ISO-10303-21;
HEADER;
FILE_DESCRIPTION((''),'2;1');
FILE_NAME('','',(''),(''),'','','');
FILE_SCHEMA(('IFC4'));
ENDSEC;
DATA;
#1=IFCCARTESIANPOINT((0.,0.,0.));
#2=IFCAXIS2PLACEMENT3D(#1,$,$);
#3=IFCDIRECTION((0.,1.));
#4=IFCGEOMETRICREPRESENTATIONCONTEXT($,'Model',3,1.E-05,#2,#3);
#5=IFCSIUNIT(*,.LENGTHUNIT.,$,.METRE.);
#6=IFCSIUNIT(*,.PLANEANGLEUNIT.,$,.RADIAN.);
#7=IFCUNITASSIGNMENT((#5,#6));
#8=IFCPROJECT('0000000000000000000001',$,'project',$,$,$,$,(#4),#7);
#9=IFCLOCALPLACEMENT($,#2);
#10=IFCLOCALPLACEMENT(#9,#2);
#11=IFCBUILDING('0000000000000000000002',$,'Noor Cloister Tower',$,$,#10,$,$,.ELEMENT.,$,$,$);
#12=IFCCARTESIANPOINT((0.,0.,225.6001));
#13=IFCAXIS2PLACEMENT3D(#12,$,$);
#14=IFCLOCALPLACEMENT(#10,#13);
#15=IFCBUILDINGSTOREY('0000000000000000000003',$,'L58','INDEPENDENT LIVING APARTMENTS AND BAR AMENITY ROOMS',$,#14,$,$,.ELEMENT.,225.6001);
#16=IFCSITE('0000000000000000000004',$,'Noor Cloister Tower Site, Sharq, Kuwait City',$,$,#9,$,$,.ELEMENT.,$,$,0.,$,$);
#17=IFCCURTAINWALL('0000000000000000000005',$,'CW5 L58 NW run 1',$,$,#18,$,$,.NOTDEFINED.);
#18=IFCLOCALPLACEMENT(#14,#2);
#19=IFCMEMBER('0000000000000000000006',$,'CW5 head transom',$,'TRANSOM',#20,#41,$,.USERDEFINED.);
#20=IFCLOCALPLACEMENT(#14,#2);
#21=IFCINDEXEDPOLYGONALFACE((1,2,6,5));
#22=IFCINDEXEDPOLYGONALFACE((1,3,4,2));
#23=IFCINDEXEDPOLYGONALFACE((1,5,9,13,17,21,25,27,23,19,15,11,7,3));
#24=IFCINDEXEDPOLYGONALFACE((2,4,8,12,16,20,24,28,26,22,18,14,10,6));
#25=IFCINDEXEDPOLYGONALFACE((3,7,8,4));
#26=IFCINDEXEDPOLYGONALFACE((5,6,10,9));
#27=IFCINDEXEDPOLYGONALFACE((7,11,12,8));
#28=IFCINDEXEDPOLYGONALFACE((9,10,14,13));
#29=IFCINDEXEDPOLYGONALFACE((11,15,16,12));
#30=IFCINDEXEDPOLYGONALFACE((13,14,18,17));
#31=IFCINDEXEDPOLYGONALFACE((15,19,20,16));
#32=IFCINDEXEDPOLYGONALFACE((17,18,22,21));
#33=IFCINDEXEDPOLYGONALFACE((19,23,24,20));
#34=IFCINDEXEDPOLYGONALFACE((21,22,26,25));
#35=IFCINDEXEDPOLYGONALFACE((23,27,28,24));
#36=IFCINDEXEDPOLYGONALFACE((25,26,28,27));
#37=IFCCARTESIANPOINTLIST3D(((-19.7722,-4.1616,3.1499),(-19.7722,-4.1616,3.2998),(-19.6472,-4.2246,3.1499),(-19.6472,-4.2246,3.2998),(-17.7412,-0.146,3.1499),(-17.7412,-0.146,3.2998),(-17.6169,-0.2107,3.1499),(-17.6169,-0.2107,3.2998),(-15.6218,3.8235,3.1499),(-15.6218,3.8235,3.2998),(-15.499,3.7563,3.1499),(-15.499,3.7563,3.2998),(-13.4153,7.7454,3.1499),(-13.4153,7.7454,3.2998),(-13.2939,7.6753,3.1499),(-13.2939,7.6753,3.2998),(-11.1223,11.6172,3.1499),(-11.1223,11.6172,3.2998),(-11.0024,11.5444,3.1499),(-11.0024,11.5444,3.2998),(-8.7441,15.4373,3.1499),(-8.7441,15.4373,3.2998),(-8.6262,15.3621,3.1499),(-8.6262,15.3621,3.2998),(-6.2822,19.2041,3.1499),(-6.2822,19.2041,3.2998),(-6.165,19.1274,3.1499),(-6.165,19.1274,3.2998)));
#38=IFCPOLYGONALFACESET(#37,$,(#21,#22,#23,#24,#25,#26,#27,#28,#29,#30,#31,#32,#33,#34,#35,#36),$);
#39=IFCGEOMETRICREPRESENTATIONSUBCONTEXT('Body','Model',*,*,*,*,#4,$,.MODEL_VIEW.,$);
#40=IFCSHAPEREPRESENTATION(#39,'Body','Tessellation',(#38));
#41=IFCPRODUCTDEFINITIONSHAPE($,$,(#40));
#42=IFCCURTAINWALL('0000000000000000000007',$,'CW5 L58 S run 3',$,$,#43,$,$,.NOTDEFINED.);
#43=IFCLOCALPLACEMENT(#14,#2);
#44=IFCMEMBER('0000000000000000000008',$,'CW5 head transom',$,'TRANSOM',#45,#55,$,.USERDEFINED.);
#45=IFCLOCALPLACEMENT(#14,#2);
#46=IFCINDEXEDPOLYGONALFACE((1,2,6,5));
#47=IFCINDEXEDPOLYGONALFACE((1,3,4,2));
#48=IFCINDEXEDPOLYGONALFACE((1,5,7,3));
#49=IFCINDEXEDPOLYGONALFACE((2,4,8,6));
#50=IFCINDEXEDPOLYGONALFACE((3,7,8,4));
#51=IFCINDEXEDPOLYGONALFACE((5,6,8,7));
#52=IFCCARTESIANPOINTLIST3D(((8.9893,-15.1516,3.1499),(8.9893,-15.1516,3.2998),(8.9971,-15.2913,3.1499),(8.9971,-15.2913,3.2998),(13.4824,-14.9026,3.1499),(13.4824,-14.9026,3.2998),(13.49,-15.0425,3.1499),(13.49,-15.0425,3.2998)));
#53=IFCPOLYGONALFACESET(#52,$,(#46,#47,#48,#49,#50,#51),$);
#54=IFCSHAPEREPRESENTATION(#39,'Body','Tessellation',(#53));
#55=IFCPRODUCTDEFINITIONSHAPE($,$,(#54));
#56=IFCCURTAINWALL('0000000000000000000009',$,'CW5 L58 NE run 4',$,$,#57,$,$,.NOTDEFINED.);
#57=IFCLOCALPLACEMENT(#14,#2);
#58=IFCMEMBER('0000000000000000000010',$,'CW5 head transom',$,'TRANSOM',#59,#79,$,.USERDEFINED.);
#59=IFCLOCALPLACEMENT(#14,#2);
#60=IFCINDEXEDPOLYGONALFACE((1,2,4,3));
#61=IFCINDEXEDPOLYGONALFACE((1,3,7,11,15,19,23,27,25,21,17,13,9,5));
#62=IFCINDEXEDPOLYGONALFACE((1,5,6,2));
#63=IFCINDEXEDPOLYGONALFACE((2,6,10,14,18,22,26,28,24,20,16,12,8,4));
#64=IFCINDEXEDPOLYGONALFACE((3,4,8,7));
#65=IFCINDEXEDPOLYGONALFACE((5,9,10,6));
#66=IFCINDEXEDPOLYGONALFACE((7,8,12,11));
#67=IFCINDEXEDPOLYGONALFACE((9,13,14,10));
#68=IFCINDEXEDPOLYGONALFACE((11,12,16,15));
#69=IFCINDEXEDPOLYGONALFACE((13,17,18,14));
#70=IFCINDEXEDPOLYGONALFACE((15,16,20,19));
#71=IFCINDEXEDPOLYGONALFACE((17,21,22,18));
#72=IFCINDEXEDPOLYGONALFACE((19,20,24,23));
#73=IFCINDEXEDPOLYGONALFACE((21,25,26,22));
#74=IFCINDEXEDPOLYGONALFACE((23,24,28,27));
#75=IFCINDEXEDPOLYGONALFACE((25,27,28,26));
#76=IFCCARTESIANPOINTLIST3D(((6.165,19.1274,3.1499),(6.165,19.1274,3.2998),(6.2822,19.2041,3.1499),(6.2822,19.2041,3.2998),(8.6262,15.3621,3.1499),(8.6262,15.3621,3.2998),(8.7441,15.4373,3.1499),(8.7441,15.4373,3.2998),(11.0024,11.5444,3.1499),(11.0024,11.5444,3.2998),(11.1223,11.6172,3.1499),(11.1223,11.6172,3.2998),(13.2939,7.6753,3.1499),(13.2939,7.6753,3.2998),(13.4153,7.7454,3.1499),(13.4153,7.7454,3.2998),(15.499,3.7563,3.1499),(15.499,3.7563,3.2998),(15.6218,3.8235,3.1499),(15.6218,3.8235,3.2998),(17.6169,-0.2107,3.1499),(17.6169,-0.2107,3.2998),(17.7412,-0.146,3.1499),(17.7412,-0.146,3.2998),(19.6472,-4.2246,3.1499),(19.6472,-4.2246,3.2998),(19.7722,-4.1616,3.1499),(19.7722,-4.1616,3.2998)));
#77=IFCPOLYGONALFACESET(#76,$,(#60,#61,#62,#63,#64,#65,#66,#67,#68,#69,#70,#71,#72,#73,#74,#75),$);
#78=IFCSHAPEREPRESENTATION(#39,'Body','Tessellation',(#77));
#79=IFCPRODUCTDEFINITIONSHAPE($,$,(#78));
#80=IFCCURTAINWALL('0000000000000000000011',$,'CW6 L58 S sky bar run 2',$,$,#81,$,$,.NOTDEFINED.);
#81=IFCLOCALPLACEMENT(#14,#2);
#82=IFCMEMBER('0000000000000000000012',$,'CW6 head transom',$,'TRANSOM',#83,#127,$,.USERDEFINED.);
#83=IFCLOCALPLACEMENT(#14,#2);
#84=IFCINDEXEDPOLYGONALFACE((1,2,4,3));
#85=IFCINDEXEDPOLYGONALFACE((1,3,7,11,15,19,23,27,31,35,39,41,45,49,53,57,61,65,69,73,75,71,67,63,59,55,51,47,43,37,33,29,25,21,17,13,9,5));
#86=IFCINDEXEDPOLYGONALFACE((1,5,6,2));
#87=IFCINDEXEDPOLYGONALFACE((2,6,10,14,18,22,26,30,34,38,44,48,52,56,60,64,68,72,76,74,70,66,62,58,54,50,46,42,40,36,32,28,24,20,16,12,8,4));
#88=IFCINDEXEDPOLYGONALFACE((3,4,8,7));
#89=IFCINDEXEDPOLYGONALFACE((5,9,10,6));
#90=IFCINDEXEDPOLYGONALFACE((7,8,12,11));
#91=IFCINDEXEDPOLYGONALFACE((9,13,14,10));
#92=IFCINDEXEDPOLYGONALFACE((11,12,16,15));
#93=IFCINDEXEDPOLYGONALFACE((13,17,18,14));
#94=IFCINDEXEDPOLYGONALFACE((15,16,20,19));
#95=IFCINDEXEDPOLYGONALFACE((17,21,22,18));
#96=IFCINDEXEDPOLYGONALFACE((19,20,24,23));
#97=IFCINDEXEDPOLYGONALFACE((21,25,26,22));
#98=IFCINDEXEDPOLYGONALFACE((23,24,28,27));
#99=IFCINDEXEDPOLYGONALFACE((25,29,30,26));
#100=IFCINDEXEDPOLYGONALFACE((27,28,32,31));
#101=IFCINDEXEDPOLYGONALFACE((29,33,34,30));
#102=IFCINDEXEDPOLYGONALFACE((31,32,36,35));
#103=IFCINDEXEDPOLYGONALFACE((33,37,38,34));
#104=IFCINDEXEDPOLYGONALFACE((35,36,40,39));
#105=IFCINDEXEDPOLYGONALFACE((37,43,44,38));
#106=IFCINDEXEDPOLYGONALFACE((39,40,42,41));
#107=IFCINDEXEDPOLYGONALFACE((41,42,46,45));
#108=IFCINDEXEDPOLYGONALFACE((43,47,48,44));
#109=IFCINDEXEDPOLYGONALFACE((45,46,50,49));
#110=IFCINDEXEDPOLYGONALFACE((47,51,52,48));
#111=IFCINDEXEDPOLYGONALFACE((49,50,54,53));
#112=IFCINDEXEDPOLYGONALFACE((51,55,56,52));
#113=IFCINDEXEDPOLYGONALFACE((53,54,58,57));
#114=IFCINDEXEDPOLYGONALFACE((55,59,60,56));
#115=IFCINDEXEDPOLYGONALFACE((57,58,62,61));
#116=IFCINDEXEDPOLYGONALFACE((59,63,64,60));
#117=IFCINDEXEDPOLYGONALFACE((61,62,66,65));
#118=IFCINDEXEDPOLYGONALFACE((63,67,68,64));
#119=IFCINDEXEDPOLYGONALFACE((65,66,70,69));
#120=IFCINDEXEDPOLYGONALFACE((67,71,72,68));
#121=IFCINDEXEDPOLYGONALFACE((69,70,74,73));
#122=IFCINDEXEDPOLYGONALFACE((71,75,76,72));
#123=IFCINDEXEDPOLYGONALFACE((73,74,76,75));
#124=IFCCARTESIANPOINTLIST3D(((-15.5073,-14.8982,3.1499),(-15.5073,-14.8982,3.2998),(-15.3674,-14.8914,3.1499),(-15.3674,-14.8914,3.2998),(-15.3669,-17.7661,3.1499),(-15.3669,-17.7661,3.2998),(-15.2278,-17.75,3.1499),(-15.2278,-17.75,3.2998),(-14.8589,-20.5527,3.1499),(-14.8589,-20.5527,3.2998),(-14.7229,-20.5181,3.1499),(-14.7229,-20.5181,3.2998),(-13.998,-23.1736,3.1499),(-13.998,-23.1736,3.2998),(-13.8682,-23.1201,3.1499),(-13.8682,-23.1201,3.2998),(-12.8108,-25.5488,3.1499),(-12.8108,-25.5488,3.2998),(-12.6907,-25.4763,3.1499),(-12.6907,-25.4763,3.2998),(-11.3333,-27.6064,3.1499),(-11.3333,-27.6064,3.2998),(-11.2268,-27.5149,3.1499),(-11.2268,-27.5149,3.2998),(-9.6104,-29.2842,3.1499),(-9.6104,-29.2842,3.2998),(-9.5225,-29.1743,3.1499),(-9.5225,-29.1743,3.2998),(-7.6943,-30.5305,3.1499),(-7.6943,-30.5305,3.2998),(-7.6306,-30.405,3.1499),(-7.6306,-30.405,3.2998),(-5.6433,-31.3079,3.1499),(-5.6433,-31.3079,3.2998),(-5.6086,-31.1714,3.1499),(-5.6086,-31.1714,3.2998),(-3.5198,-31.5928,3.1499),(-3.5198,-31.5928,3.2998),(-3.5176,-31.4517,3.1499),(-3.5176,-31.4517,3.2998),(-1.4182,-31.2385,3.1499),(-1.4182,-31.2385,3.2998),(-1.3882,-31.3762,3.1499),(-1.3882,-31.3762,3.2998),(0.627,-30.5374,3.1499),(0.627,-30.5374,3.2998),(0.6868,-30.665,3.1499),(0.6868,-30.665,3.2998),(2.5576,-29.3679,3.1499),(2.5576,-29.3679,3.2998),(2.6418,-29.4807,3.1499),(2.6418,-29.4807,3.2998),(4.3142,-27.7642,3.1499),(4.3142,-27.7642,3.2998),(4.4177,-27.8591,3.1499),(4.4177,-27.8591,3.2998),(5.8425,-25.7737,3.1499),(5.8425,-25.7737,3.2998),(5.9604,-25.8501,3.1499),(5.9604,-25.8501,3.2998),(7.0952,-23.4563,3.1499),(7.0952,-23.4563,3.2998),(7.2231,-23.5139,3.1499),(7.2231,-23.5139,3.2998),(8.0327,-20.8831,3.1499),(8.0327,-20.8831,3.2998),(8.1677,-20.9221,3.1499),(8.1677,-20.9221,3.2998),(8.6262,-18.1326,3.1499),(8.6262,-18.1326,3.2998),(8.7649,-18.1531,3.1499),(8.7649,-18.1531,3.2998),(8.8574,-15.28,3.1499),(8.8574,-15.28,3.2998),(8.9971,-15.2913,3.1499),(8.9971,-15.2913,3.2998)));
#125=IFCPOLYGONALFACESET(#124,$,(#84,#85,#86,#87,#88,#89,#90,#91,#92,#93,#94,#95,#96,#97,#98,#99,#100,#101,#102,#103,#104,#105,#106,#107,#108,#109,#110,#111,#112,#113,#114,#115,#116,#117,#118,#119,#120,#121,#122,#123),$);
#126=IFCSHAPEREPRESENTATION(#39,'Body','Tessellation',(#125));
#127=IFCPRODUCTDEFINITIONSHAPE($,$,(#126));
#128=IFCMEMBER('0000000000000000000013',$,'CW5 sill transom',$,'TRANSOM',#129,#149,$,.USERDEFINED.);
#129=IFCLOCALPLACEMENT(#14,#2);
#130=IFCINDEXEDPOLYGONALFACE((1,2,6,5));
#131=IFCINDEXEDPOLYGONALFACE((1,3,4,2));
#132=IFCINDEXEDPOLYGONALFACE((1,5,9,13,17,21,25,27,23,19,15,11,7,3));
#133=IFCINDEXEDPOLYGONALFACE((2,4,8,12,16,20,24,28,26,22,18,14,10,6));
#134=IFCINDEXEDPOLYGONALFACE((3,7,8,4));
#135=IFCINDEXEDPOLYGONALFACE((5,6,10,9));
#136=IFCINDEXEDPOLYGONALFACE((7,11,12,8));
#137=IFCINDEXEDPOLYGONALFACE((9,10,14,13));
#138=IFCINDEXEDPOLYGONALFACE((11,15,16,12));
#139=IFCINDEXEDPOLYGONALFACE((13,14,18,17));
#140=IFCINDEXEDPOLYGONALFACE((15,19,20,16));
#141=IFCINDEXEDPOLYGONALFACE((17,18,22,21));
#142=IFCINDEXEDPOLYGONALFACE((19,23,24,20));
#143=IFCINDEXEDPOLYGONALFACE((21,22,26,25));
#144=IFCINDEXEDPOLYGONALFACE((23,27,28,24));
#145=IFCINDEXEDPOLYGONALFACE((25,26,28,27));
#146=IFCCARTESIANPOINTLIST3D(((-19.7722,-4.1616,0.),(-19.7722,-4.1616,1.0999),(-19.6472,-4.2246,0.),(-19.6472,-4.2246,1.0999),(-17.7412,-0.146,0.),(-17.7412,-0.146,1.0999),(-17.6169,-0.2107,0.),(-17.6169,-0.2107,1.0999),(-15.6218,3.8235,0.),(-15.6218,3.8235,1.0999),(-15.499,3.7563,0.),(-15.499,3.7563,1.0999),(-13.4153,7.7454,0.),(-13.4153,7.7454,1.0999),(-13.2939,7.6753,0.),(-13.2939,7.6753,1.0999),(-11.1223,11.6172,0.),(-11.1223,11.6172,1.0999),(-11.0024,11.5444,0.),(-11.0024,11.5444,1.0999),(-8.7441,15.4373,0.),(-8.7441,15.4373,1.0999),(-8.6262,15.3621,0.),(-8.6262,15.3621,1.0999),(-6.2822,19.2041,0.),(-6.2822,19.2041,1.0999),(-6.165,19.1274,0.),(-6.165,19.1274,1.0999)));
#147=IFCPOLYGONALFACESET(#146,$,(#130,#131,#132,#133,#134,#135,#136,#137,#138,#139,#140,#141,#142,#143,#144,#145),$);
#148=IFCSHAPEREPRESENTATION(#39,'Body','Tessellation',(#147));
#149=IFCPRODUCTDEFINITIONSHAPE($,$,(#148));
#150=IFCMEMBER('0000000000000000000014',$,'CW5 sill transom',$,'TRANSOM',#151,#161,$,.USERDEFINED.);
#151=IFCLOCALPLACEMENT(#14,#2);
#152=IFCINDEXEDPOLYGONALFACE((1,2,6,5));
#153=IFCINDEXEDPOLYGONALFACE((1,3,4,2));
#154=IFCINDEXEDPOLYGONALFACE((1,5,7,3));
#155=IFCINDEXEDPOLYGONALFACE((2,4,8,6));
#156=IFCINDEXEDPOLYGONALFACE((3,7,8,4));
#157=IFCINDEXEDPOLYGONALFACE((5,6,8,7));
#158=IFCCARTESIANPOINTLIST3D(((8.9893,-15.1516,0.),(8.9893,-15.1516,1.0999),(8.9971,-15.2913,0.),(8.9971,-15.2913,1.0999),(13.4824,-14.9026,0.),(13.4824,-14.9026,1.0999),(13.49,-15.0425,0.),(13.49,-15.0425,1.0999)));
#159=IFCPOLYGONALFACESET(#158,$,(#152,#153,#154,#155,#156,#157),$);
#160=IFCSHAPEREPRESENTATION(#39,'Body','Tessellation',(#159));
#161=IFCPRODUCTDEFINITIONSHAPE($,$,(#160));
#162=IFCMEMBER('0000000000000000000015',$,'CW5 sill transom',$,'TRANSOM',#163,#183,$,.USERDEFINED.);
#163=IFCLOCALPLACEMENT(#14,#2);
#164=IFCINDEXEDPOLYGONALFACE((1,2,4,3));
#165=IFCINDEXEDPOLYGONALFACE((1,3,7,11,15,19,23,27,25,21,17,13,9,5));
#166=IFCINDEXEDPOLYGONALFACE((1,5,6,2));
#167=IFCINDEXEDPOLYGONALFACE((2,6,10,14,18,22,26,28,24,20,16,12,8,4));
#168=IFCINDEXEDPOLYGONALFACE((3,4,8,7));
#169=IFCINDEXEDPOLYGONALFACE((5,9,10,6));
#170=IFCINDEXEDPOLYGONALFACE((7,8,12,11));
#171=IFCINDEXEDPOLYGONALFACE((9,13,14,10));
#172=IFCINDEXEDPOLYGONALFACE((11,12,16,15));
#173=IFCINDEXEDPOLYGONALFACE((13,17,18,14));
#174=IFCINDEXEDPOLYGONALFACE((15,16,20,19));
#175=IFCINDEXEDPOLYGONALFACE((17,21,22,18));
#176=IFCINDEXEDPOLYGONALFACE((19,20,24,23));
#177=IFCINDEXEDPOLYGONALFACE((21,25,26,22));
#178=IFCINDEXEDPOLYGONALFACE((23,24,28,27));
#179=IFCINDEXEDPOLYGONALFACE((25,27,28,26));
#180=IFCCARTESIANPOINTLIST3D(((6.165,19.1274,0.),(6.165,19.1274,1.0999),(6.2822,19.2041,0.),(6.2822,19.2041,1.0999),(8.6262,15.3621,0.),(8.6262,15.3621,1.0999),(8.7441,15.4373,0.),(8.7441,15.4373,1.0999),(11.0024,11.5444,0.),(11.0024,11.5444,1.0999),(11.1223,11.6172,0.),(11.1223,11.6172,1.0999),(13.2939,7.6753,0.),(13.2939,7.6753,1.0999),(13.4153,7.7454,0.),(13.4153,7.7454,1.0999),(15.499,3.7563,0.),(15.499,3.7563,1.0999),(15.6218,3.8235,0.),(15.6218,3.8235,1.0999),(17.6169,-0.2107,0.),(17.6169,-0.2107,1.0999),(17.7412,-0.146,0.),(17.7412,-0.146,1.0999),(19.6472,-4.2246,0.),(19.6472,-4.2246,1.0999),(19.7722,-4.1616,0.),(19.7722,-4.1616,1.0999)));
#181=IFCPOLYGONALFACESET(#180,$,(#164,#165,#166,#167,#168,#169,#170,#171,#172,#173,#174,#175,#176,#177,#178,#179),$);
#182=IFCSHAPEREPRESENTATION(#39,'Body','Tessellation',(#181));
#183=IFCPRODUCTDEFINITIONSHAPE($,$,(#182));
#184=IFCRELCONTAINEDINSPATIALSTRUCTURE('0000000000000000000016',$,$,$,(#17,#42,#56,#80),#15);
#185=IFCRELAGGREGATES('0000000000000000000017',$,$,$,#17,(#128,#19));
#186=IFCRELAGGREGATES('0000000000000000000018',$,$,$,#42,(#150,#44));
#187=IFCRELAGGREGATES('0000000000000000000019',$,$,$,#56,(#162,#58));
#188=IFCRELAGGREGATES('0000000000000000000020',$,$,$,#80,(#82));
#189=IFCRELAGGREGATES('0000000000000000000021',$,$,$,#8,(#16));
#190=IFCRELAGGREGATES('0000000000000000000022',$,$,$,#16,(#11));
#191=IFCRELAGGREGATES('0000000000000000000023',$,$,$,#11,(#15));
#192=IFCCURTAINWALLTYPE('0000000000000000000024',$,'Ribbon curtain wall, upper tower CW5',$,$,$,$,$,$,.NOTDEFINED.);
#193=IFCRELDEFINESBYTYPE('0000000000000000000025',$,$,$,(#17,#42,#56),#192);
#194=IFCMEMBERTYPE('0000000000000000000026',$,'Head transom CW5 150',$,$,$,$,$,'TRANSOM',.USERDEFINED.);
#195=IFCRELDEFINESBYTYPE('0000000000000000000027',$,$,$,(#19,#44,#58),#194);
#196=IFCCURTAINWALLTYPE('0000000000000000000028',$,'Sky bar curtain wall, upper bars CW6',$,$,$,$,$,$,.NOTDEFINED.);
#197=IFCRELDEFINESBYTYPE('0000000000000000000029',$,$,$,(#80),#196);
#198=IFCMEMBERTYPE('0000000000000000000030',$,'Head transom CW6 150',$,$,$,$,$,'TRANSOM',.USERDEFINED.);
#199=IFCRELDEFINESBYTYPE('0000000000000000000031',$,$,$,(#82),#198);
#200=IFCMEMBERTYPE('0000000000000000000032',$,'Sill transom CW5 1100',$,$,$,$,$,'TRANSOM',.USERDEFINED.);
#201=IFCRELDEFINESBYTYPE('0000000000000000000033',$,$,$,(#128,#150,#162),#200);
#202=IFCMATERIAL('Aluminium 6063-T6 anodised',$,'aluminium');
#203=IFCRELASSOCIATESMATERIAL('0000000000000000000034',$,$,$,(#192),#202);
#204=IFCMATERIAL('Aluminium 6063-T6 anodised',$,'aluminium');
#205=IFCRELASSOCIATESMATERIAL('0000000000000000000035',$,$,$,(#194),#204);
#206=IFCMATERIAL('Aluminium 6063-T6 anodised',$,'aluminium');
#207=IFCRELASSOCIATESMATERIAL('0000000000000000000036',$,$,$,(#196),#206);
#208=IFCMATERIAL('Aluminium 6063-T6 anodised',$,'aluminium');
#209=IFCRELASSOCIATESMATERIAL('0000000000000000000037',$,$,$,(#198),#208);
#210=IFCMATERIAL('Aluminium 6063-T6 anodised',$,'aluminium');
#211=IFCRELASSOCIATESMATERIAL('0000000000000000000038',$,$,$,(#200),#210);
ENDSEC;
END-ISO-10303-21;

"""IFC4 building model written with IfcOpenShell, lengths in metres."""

from ifc_helpers import new_model, si_unit, direction, frame, origin, place, context, subcontext, project, spatial, polyline, outline, extrude, material, type_object, element, aggregate, save


model = new_model("IFC4")

# Units and contexts
model_context = context("Model", 3, precision=1e-05, world=origin(), true_north=direction((0.0, 1.0)))
body_context = subcontext(model_context, "Body", "Model", "MODEL_VIEW")
ifc_project = project(units=[si_unit("LENGTHUNIT", "METRE"), si_unit("PLANEANGLEUNIT", "RADIAN")], contexts=[model_context])

# Site, building, storey
site_placement = place(None, origin())
site = spatial("IfcSite", under=ifc_project, at=site_placement, Name="Noor Cloister Tower Site, Sharq, Kuwait City", CompositionType="ELEMENT", RefElevation=0.0)
building_placement = place(site_placement, origin())
building = spatial("IfcBuilding", under=site, at=building_placement, Name="Noor Cloister Tower", CompositionType="ELEMENT")
storey_placement = place(building_placement, frame((0.0, 0.0, 225.6001)))
storey = spatial("IfcBuildingStorey", under=building, at=storey_placement, Name="L58", Description="INDEPENDENT LIVING APARTMENTS AND BAR AMENITY ROOMS", CompositionType="ELEMENT", Elevation=225.6001)

# Curtain walls, members
ifc_material_1 = material(Name="Aluminium 6063-T6 anodised", Category="aluminium")
curtain_wall_type_1 = type_object("IfcCurtainWallType", Name="Ribbon curtain wall, upper tower CW5", PredefinedType="NOTDEFINED", material=ifc_material_1)
curtain_wall_1_placement = place(storey_placement, origin())
curtain_wall_1 = element("IfcCurtainWall", 1, at=curtain_wall_1_placement, inside=storey, type_object=curtain_wall_type_1, Name="CW5 L58 NW run 1", PredefinedType="NOTDEFINED")
ifc_material_2 = material(Name="Aluminium 6063-T6 anodised", Category="aluminium")
member_type_1 = type_object("IfcMemberType", Name="Head transom CW5 150", ElementType="TRANSOM", PredefinedType="USERDEFINED", material=ifc_material_2)
member_1_placement = place(storey_placement, frame((0.0, 0.0, 3.1499)))
member_1 = element("IfcMember", 2, at=member_1_placement, type_object=member_type_1, Name="CW5 head transom", ObjectType="TRANSOM", PredefinedType="USERDEFINED", context=body_context, shape_type="SweptSolid", body=[
    extrude(outline(polyline([(-6.2822, 19.2041), (-8.7441, 15.4373), (-11.1223, 11.6172), (-13.4153, 7.7454), (-15.6218, 3.8235), (-17.7412, -0.146), (-19.7722, -4.1616), (-19.6472, -4.2246), (-17.6169, -0.2107), (-15.499, 3.7563), (-13.2939, 7.6753), (-11.0024, 11.5444), (-8.6262, 15.3621), (-6.165, 19.1274), (-6.2822, 19.2041)])), origin(), (0.0, 0.0, 1.0), 0.1499),
])
curtain_wall_2_placement = place(storey_placement, origin())
curtain_wall_2 = element("IfcCurtainWall", 3, at=curtain_wall_2_placement, inside=storey, type_object=curtain_wall_type_1, Name="CW5 L58 S run 3", PredefinedType="NOTDEFINED")
member_2_placement = place(storey_placement, frame((0.0, 0.0, 3.1499)))
member_2 = element("IfcMember", 4, at=member_2_placement, type_object=member_type_1, Name="CW5 head transom", ObjectType="TRANSOM", PredefinedType="USERDEFINED", context=body_context, shape_type="SweptSolid", body=[
    extrude(outline(polyline([(8.9971, -15.2913), (13.49, -15.0425), (13.4824, -14.9026), (8.9893, -15.1516), (8.9971, -15.2913)])), origin(), (0.0, 0.0, 1.0), 0.1499),
])
curtain_wall_3_placement = place(storey_placement, origin())
curtain_wall_3 = element("IfcCurtainWall", 5, at=curtain_wall_3_placement, inside=storey, type_object=curtain_wall_type_1, Name="CW5 L58 NE run 4", PredefinedType="NOTDEFINED")
member_3_placement = place(storey_placement, frame((0.0, 0.0, 3.1499)))
member_3 = element("IfcMember", 6, at=member_3_placement, type_object=member_type_1, Name="CW5 head transom", ObjectType="TRANSOM", PredefinedType="USERDEFINED", context=body_context, shape_type="SweptSolid", body=[
    extrude(outline(polyline([(19.7722, -4.1616), (17.7412, -0.146), (15.6218, 3.8235), (13.4153, 7.7454), (11.1223, 11.6172), (8.7441, 15.4373), (6.2822, 19.2041), (6.165, 19.1274), (8.6262, 15.3621), (11.0024, 11.5444), (13.2939, 7.6753), (15.499, 3.7563), (17.6169, -0.2107), (19.6472, -4.2246), (19.7722, -4.1616)])), origin(), (0.0, 0.0, 1.0), 0.1499),
])
ifc_material_3 = material(Name="Aluminium 6063-T6 anodised", Category="aluminium")
curtain_wall_type_2 = type_object("IfcCurtainWallType", Name="Sky bar curtain wall, upper bars CW6", PredefinedType="NOTDEFINED", material=ifc_material_3)
curtain_wall_4_placement = place(storey_placement, origin())
curtain_wall_4 = element("IfcCurtainWall", 7, at=curtain_wall_4_placement, inside=storey, type_object=curtain_wall_type_2, Name="CW6 L58 S sky bar run 2", PredefinedType="NOTDEFINED")
ifc_material_4 = material(Name="Aluminium 6063-T6 anodised", Category="aluminium")
member_type_2 = type_object("IfcMemberType", Name="Head transom CW6 150", ElementType="TRANSOM", PredefinedType="USERDEFINED", material=ifc_material_4)
member_4_placement = place(storey_placement, frame((0.0, 0.0, 3.1499)))
member_4 = element("IfcMember", 8, at=member_4_placement, type_object=member_type_2, Name="CW6 head transom", ObjectType="TRANSOM", PredefinedType="USERDEFINED", context=body_context, shape_type="SweptSolid", body=[
    extrude(outline(polyline([(-15.5073, -14.8982), (-15.3669, -17.7661), (-14.8589, -20.5527), (-13.998, -23.1736), (-12.8108, -25.5488), (-11.3333, -27.6064), (-9.6104, -29.2842), (-7.6943, -30.5305), (-5.6433, -31.3079), (-3.5198, -31.5928), (-1.3882, -31.3762), (0.6868, -30.665), (2.6418, -29.4807), (4.4177, -27.8591), (5.9604, -25.8501), (7.2231, -23.5139), (8.1677, -20.9221), (8.7649, -18.1531), (8.9971, -15.2913), (8.8574, -15.28), (8.6262, -18.1326), (8.0327, -20.8831), (7.0952, -23.4563), (5.8425, -25.7737), (4.3142, -27.7642), (2.5576, -29.3679), (0.627, -30.5374), (-1.4182, -31.2385), (-3.5176, -31.4517), (-5.6086, -31.1714), (-7.6306, -30.405), (-9.5225, -29.1743), (-11.2268, -27.5149), (-12.6907, -25.4763), (-13.8682, -23.1201), (-14.7229, -20.5181), (-15.2278, -17.75), (-15.3674, -14.8914), (-15.5073, -14.8982)])), origin(), (0.0, 0.0, 1.0), 0.1499),
])

# Members
ifc_material_5 = material(Name="Aluminium 6063-T6 anodised", Category="aluminium")
member_type_3 = type_object("IfcMemberType", Name="Sill transom CW5 1100", ElementType="TRANSOM", PredefinedType="USERDEFINED", material=ifc_material_5)
member_5_placement = place(storey_placement, origin())
member_5 = element("IfcMember", 9, at=member_5_placement, type_object=member_type_3, Name="CW5 sill transom", ObjectType="TRANSOM", PredefinedType="USERDEFINED", context=body_context, shape_type="SweptSolid", body=[
    extrude(outline(polyline([(-6.2822, 19.2041), (-8.7441, 15.4373), (-11.1223, 11.6172), (-13.4153, 7.7454), (-15.6218, 3.8235), (-17.7412, -0.146), (-19.7722, -4.1616), (-19.6472, -4.2246), (-17.6169, -0.2107), (-15.499, 3.7563), (-13.2939, 7.6753), (-11.0024, 11.5444), (-8.6262, 15.3621), (-6.165, 19.1274), (-6.2822, 19.2041)])), origin(), (0.0, 0.0, 1.0), 1.0999),
])
aggregate(curtain_wall_1, [member_5, member_1])
member_6_placement = place(storey_placement, origin())
member_6 = element("IfcMember", 10, at=member_6_placement, type_object=member_type_3, Name="CW5 sill transom", ObjectType="TRANSOM", PredefinedType="USERDEFINED", context=body_context, shape_type="SweptSolid", body=[
    extrude(outline(polyline([(8.9971, -15.2913), (13.49, -15.0425), (13.4824, -14.9026), (8.9893, -15.1516), (8.9971, -15.2913)])), origin(), (0.0, 0.0, 1.0), 1.0999),
])
aggregate(curtain_wall_2, [member_6, member_2])
member_7_placement = place(storey_placement, origin())
member_7 = element("IfcMember", 11, at=member_7_placement, type_object=member_type_3, Name="CW5 sill transom", ObjectType="TRANSOM", PredefinedType="USERDEFINED", context=body_context, shape_type="SweptSolid", body=[
    extrude(outline(polyline([(19.7722, -4.1616), (17.7412, -0.146), (15.6218, 3.8235), (13.4153, 7.7454), (11.1223, 11.6172), (8.7441, 15.4373), (6.2822, 19.2041), (6.165, 19.1274), (8.6262, 15.3621), (11.0024, 11.5444), (13.2939, 7.6753), (15.499, 3.7563), (17.6169, -0.2107), (19.6472, -4.2246), (19.7722, -4.1616)])), origin(), (0.0, 0.0, 1.0), 1.0999),
])
aggregate(curtain_wall_3, [member_7, member_3])
aggregate(curtain_wall_4, [member_4])

save(model, "model.ifc")
